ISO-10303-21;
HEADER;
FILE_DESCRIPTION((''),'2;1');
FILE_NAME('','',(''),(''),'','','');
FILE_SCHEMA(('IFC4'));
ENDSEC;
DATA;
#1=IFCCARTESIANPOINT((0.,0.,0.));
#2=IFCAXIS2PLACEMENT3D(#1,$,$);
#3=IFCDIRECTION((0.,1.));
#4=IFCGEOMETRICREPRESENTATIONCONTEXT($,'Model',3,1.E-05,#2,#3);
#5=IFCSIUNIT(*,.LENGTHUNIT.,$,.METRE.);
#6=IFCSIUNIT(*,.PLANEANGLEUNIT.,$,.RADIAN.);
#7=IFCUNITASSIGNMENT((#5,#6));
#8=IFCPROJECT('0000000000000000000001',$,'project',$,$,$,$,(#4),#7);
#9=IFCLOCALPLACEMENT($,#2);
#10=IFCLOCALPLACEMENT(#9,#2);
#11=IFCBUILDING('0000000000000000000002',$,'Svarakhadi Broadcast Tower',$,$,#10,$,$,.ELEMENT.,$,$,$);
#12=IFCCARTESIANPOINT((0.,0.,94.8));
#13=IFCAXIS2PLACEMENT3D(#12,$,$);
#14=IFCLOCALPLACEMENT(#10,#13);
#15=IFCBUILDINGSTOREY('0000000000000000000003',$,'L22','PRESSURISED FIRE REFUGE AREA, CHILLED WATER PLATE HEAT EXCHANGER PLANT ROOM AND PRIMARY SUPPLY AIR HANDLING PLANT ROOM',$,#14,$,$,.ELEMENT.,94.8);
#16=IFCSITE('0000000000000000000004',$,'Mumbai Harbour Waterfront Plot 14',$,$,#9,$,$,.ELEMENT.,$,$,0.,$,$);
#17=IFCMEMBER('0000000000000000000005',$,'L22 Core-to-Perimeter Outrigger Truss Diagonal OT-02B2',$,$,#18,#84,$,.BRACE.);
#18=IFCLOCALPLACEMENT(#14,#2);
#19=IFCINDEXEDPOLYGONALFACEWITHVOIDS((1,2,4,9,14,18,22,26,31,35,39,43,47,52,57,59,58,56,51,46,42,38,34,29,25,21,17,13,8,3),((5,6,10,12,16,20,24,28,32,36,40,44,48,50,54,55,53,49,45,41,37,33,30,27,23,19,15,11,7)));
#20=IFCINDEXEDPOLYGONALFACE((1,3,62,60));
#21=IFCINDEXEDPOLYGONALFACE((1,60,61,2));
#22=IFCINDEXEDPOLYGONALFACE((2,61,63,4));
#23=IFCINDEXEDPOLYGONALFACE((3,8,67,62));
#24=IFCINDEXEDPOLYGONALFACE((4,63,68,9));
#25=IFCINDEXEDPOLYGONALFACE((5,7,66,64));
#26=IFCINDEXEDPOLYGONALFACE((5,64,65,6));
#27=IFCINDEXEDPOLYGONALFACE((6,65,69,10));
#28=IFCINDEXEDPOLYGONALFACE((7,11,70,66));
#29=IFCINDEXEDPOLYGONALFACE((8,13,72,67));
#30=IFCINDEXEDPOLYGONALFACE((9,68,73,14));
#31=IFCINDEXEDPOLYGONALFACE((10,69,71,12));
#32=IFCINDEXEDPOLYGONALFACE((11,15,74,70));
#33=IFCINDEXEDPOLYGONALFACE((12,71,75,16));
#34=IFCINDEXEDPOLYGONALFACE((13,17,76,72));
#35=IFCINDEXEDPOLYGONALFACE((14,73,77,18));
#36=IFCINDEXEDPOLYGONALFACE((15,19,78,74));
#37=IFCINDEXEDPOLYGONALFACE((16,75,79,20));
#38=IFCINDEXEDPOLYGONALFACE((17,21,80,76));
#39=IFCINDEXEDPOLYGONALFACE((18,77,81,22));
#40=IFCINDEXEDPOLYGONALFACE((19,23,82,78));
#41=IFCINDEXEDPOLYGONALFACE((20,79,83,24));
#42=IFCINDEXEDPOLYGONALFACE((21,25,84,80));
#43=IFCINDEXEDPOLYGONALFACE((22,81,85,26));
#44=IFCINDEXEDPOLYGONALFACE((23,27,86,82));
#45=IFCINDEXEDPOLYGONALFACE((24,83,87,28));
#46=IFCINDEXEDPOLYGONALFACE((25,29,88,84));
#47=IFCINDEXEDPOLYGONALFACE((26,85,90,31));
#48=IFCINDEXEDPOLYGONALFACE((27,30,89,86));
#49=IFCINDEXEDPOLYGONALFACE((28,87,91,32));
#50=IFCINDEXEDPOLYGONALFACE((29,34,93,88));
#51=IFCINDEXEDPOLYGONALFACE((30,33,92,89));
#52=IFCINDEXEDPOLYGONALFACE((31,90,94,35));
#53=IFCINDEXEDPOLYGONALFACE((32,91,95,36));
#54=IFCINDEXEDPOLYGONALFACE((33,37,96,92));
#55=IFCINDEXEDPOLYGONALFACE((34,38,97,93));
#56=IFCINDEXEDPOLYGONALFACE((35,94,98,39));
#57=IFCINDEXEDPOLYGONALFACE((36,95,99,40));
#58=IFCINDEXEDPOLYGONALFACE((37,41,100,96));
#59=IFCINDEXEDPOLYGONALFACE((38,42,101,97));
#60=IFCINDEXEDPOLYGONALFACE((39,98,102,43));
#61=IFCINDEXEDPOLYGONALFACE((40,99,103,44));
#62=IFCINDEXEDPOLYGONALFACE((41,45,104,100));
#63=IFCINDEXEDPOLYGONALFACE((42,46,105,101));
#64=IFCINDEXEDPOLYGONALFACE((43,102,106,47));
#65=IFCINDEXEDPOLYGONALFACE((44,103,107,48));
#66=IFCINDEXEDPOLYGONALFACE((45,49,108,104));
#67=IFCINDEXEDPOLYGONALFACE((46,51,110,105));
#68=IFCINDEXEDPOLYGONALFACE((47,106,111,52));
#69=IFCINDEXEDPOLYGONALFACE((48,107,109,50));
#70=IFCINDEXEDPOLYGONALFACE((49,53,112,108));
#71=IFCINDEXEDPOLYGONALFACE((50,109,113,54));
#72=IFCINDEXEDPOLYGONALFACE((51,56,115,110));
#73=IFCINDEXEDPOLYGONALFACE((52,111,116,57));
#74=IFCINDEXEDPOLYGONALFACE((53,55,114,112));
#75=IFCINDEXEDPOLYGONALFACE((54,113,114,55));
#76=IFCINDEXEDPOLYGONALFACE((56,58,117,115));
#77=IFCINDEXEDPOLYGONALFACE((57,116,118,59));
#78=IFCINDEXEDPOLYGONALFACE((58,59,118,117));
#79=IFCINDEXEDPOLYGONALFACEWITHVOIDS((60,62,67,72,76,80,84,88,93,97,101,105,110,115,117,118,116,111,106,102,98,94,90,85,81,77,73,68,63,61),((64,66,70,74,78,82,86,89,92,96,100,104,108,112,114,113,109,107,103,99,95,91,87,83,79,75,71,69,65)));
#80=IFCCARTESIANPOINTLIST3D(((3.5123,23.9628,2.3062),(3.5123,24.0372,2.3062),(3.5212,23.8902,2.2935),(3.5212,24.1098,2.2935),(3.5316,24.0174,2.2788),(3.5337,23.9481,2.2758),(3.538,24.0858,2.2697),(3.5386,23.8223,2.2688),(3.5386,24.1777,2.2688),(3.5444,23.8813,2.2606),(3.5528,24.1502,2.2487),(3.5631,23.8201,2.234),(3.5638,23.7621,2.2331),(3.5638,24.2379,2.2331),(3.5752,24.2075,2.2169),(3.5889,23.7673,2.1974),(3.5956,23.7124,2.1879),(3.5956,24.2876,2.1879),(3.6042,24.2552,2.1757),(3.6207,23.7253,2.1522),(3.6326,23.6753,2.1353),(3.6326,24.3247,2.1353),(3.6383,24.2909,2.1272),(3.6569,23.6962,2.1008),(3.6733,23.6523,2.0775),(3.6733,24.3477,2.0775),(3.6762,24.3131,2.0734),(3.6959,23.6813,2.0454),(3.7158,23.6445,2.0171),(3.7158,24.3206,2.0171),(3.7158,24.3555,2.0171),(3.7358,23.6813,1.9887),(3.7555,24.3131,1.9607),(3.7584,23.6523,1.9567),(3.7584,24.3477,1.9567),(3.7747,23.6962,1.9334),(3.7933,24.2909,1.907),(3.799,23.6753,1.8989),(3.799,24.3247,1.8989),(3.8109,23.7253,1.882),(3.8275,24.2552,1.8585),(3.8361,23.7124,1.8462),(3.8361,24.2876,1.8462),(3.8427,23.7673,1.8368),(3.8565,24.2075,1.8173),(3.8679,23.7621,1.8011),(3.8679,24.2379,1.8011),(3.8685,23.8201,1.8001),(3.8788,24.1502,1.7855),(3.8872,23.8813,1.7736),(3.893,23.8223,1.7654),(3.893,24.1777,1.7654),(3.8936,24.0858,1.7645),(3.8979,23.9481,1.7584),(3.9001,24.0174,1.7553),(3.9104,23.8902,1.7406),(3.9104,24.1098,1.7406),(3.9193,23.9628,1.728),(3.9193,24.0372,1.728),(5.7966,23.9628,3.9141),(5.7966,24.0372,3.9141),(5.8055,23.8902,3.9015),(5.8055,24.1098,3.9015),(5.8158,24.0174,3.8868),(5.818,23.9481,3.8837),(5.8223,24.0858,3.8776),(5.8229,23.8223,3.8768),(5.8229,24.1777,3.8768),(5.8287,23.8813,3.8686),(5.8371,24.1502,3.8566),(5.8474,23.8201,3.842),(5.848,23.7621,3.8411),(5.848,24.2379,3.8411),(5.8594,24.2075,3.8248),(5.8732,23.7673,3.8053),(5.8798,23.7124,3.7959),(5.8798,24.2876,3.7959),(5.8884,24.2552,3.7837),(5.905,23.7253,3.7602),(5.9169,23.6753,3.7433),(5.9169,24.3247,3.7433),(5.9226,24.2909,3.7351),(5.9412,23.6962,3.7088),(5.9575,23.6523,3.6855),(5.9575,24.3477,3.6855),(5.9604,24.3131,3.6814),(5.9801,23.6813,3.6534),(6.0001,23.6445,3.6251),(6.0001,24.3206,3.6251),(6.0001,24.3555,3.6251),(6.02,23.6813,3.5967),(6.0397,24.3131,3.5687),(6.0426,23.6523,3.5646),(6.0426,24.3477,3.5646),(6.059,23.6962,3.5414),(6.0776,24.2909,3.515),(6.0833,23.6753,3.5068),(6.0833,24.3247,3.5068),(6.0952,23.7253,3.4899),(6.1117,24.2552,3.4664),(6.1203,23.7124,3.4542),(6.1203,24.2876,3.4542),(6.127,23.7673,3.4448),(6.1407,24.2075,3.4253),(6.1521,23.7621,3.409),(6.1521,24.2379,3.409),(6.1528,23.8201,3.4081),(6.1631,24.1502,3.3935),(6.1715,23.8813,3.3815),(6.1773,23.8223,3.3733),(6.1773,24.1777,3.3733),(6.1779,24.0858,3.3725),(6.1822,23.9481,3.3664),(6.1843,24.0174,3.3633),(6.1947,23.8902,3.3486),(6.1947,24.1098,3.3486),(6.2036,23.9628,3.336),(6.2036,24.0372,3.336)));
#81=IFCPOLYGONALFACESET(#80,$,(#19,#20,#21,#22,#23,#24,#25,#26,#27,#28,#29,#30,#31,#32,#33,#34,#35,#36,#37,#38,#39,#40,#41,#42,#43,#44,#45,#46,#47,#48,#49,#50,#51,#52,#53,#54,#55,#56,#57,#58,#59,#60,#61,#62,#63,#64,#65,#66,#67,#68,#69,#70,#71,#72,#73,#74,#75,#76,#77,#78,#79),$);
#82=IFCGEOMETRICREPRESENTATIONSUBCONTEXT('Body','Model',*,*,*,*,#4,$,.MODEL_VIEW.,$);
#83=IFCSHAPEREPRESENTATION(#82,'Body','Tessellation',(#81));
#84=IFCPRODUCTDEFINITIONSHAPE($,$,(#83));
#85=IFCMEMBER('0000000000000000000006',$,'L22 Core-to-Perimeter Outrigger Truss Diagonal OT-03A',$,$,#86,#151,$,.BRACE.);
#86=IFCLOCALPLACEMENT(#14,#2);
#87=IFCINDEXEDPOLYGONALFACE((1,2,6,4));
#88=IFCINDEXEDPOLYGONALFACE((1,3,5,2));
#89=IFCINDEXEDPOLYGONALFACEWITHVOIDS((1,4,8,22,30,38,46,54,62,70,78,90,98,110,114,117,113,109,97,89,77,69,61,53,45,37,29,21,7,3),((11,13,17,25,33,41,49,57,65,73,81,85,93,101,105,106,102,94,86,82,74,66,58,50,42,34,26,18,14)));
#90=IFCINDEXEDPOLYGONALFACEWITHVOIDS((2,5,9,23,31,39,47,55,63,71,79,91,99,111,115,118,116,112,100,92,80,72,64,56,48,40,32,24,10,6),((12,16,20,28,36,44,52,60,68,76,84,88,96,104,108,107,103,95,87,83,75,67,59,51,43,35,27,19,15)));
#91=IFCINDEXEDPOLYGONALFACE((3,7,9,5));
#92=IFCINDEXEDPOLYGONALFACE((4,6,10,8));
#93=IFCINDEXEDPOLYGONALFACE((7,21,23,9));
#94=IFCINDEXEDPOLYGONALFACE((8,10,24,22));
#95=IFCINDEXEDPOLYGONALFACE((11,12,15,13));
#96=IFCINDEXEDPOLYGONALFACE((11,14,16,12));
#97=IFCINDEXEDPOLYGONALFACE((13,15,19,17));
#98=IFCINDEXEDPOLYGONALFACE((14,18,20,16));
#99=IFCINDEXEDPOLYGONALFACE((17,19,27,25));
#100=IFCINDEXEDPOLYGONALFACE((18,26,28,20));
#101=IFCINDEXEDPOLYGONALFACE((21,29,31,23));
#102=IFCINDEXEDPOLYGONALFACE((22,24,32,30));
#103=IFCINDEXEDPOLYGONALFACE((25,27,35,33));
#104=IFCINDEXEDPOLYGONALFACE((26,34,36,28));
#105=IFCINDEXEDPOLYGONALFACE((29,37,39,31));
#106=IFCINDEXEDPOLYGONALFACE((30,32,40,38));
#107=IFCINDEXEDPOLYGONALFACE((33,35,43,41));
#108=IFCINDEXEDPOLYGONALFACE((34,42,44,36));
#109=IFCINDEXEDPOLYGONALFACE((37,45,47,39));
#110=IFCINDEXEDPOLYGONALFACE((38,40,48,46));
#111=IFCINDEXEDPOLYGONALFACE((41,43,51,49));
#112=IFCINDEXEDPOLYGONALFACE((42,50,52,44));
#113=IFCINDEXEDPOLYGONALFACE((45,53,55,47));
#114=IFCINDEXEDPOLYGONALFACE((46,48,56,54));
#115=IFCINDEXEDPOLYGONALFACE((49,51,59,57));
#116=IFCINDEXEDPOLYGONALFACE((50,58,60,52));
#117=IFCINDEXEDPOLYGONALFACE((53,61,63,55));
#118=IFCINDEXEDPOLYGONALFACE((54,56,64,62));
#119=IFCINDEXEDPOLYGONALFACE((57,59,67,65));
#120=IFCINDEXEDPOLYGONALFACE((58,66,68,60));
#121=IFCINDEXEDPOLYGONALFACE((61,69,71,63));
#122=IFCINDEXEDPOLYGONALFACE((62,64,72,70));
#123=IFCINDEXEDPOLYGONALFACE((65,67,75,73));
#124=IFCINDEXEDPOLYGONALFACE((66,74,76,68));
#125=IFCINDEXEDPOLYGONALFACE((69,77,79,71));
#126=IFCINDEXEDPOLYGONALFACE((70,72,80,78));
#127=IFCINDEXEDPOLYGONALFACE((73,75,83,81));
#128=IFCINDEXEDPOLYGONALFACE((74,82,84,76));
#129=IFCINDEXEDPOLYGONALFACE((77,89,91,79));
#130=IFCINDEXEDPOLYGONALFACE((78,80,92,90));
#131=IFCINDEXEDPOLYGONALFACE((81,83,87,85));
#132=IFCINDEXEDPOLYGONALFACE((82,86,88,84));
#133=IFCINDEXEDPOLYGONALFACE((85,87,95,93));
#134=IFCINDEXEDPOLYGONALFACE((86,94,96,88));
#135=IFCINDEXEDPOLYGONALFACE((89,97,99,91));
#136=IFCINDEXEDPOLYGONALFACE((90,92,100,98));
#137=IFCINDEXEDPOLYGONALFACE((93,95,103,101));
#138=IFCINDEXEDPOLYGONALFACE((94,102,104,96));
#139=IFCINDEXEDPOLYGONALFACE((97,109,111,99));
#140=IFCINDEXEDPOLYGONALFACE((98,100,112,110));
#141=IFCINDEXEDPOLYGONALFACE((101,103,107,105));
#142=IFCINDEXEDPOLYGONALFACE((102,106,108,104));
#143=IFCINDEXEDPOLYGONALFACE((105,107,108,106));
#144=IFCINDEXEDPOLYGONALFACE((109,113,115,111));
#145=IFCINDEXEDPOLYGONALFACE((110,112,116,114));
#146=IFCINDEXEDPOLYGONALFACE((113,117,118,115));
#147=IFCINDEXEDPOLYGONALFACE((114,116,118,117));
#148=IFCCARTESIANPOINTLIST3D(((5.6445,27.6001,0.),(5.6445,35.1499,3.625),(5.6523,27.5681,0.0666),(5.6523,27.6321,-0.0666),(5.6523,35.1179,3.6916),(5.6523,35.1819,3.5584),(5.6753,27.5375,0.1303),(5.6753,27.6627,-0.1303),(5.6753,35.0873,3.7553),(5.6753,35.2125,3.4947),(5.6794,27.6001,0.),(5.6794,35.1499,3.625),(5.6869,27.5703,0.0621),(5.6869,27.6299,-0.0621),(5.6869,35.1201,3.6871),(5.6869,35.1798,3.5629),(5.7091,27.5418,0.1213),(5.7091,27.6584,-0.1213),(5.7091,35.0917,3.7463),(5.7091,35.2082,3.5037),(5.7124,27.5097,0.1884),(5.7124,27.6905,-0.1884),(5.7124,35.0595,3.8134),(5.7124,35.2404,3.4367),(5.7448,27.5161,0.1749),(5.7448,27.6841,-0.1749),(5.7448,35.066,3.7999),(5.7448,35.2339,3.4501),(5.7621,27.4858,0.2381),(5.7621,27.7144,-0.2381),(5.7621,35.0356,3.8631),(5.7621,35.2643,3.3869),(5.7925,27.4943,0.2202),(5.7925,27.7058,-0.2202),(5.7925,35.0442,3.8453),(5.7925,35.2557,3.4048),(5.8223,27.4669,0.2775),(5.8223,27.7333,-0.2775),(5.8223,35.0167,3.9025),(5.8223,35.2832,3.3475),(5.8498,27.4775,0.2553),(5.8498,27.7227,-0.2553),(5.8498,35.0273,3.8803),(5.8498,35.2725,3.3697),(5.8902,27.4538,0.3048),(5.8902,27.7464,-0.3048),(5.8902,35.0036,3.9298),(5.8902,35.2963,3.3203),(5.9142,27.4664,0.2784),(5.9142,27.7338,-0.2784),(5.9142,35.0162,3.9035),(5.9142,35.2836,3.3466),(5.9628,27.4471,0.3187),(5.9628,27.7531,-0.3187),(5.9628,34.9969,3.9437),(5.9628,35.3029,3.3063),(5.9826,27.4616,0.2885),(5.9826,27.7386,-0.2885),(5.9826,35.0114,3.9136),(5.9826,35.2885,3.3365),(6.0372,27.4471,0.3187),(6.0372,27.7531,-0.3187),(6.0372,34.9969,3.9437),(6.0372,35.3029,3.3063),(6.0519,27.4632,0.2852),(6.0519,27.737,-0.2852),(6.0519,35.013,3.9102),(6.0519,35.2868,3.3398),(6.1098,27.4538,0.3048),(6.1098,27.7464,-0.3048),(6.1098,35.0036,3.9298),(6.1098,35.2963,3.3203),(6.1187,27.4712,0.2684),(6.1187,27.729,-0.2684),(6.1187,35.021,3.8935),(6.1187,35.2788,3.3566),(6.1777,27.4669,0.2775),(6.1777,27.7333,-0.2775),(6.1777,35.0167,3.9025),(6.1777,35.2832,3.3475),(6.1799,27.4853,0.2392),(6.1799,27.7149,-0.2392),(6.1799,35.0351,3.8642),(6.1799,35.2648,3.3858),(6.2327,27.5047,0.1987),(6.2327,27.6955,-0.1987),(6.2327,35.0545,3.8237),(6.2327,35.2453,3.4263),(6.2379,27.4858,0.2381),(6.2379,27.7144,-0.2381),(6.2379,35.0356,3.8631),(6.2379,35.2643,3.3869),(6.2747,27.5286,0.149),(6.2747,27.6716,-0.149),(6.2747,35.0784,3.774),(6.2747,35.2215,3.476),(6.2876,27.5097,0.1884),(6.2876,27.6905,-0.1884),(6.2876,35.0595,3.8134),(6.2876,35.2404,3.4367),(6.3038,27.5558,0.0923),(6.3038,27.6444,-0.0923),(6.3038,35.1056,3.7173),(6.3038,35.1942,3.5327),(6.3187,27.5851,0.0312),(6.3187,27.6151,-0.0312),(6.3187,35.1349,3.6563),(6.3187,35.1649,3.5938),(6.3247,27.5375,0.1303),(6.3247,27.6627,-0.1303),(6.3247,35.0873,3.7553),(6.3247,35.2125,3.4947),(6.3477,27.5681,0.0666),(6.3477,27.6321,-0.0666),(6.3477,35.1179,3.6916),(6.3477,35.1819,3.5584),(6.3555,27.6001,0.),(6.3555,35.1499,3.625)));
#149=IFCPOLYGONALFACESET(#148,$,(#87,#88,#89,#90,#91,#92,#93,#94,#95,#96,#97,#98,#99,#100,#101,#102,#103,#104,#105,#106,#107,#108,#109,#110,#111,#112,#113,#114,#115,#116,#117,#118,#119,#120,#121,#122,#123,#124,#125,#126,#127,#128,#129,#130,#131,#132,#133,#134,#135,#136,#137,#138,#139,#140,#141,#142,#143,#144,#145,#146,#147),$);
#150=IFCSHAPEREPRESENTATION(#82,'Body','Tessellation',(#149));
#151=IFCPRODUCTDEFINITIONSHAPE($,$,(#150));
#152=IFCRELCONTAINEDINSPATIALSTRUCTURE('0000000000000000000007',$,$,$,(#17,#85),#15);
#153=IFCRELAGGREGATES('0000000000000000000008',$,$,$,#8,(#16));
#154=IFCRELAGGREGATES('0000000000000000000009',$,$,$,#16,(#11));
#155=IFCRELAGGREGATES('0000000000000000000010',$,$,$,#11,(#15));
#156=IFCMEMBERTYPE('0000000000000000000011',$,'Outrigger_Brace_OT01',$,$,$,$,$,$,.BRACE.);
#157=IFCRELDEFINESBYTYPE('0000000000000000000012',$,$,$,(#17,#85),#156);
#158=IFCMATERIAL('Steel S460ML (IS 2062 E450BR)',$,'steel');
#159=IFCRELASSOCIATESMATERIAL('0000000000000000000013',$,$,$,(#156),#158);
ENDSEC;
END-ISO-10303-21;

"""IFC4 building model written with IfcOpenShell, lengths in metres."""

from ifc_helpers import new_model, si_unit, direction, frame, origin, origin_2d, place, context, subcontext, project, spatial, hollow_circle, extrude, material, material_profile, profile_set, type_object, element, save


model = new_model("IFC4")

# Units and contexts
model_context = context("Model", 3, precision=1e-05, world=origin(), true_north=direction((0.0, 1.0)))
body_context = subcontext(model_context, "Body", "Model", "MODEL_VIEW")
ifc_project = project(units=[si_unit("LENGTHUNIT", "METRE"), si_unit("PLANEANGLEUNIT", "RADIAN")], contexts=[model_context])

# Site, building, storey
site_placement = place(None, origin())
site = spatial("IfcSite", under=ifc_project, at=site_placement, Name="Mumbai Harbour Waterfront Plot 14", CompositionType="ELEMENT", RefElevation=0.0)
building_placement = place(site_placement, origin())
building = spatial("IfcBuilding", under=site, at=building_placement, Name="Svarakhadi Broadcast Tower", CompositionType="ELEMENT")
storey_placement = place(building_placement, frame((0.0, 0.0, 94.8)))
storey = spatial("IfcBuildingStorey", under=building, at=storey_placement, Name="L22", Description="PRESSURISED FIRE REFUGE AREA, CHILLED WATER PLATE HEAT EXCHANGER PLANT ROOM AND PRIMARY SUPPLY AIR HANDLING PLANT ROOM", CompositionType="ELEMENT", Elevation=94.8)

# Shared definitions
ifc_material_1 = material(Name="Steel S460ML (IS 2062 E450BR)", Category="steel")

# Members
ifc_material_profile_1 = material_profile(ifc_material_1, hollow_circle(Radius=0.3555, WallThickness=0.0349, at=origin_2d()), Name="CHS 711x35")
ifc_profile_set_1 = profile_set([ifc_material_profile_1], Name="Steel S460ML (IS 2062 E450BR)")
member_type_1 = type_object("IfcMemberType", Name="Outrigger_Brace_OT01", PredefinedType="BRACE", material=ifc_profile_set_1)
for number, where, z_axis, x_axis, name in (
    (1, (3.7158, 24.0, 2.0171), (0.817718, 0.0, 0.575619), (0.0, 1.0, 0.0), "L22 Core-to-Perimeter Outrigger Truss Diagonal OT-02B2"),
):
    element("IfcMember", number, at=place(storey_placement, frame(where, z_axis=z_axis, x_axis=x_axis)), inside=storey, type_object=member_type_1, Name=name, PredefinedType="BRACE", context=body_context, shape_type="SweptSolid", body=[
        extrude(hollow_circle(Radius=0.3555, WallThickness=0.0349, at=origin_2d()), origin(), (0.0, 0.0, 1.0), 2.7935),
    ])
member_1_placement = place(storey_placement, frame((6.0, 27.6001, 0.0), z_axis=(0.0, 0.901472, 0.432837), x_axis=(-1.0, 0.0, 0.0)))
element("IfcMember", 2, at=member_1_placement, inside=storey, type_object=member_type_1, Name="L22 Core-to-Perimeter Outrigger Truss Diagonal OT-03A", PredefinedType="BRACE", context=body_context, shape_type="SweptSolid", body=[
    extrude(hollow_circle(Radius=0.3555, WallThickness=0.0349, at=origin_2d()), origin(), (0.0, 0.0, 1.0), 8.375),
])

save(model, "model.ifc")
